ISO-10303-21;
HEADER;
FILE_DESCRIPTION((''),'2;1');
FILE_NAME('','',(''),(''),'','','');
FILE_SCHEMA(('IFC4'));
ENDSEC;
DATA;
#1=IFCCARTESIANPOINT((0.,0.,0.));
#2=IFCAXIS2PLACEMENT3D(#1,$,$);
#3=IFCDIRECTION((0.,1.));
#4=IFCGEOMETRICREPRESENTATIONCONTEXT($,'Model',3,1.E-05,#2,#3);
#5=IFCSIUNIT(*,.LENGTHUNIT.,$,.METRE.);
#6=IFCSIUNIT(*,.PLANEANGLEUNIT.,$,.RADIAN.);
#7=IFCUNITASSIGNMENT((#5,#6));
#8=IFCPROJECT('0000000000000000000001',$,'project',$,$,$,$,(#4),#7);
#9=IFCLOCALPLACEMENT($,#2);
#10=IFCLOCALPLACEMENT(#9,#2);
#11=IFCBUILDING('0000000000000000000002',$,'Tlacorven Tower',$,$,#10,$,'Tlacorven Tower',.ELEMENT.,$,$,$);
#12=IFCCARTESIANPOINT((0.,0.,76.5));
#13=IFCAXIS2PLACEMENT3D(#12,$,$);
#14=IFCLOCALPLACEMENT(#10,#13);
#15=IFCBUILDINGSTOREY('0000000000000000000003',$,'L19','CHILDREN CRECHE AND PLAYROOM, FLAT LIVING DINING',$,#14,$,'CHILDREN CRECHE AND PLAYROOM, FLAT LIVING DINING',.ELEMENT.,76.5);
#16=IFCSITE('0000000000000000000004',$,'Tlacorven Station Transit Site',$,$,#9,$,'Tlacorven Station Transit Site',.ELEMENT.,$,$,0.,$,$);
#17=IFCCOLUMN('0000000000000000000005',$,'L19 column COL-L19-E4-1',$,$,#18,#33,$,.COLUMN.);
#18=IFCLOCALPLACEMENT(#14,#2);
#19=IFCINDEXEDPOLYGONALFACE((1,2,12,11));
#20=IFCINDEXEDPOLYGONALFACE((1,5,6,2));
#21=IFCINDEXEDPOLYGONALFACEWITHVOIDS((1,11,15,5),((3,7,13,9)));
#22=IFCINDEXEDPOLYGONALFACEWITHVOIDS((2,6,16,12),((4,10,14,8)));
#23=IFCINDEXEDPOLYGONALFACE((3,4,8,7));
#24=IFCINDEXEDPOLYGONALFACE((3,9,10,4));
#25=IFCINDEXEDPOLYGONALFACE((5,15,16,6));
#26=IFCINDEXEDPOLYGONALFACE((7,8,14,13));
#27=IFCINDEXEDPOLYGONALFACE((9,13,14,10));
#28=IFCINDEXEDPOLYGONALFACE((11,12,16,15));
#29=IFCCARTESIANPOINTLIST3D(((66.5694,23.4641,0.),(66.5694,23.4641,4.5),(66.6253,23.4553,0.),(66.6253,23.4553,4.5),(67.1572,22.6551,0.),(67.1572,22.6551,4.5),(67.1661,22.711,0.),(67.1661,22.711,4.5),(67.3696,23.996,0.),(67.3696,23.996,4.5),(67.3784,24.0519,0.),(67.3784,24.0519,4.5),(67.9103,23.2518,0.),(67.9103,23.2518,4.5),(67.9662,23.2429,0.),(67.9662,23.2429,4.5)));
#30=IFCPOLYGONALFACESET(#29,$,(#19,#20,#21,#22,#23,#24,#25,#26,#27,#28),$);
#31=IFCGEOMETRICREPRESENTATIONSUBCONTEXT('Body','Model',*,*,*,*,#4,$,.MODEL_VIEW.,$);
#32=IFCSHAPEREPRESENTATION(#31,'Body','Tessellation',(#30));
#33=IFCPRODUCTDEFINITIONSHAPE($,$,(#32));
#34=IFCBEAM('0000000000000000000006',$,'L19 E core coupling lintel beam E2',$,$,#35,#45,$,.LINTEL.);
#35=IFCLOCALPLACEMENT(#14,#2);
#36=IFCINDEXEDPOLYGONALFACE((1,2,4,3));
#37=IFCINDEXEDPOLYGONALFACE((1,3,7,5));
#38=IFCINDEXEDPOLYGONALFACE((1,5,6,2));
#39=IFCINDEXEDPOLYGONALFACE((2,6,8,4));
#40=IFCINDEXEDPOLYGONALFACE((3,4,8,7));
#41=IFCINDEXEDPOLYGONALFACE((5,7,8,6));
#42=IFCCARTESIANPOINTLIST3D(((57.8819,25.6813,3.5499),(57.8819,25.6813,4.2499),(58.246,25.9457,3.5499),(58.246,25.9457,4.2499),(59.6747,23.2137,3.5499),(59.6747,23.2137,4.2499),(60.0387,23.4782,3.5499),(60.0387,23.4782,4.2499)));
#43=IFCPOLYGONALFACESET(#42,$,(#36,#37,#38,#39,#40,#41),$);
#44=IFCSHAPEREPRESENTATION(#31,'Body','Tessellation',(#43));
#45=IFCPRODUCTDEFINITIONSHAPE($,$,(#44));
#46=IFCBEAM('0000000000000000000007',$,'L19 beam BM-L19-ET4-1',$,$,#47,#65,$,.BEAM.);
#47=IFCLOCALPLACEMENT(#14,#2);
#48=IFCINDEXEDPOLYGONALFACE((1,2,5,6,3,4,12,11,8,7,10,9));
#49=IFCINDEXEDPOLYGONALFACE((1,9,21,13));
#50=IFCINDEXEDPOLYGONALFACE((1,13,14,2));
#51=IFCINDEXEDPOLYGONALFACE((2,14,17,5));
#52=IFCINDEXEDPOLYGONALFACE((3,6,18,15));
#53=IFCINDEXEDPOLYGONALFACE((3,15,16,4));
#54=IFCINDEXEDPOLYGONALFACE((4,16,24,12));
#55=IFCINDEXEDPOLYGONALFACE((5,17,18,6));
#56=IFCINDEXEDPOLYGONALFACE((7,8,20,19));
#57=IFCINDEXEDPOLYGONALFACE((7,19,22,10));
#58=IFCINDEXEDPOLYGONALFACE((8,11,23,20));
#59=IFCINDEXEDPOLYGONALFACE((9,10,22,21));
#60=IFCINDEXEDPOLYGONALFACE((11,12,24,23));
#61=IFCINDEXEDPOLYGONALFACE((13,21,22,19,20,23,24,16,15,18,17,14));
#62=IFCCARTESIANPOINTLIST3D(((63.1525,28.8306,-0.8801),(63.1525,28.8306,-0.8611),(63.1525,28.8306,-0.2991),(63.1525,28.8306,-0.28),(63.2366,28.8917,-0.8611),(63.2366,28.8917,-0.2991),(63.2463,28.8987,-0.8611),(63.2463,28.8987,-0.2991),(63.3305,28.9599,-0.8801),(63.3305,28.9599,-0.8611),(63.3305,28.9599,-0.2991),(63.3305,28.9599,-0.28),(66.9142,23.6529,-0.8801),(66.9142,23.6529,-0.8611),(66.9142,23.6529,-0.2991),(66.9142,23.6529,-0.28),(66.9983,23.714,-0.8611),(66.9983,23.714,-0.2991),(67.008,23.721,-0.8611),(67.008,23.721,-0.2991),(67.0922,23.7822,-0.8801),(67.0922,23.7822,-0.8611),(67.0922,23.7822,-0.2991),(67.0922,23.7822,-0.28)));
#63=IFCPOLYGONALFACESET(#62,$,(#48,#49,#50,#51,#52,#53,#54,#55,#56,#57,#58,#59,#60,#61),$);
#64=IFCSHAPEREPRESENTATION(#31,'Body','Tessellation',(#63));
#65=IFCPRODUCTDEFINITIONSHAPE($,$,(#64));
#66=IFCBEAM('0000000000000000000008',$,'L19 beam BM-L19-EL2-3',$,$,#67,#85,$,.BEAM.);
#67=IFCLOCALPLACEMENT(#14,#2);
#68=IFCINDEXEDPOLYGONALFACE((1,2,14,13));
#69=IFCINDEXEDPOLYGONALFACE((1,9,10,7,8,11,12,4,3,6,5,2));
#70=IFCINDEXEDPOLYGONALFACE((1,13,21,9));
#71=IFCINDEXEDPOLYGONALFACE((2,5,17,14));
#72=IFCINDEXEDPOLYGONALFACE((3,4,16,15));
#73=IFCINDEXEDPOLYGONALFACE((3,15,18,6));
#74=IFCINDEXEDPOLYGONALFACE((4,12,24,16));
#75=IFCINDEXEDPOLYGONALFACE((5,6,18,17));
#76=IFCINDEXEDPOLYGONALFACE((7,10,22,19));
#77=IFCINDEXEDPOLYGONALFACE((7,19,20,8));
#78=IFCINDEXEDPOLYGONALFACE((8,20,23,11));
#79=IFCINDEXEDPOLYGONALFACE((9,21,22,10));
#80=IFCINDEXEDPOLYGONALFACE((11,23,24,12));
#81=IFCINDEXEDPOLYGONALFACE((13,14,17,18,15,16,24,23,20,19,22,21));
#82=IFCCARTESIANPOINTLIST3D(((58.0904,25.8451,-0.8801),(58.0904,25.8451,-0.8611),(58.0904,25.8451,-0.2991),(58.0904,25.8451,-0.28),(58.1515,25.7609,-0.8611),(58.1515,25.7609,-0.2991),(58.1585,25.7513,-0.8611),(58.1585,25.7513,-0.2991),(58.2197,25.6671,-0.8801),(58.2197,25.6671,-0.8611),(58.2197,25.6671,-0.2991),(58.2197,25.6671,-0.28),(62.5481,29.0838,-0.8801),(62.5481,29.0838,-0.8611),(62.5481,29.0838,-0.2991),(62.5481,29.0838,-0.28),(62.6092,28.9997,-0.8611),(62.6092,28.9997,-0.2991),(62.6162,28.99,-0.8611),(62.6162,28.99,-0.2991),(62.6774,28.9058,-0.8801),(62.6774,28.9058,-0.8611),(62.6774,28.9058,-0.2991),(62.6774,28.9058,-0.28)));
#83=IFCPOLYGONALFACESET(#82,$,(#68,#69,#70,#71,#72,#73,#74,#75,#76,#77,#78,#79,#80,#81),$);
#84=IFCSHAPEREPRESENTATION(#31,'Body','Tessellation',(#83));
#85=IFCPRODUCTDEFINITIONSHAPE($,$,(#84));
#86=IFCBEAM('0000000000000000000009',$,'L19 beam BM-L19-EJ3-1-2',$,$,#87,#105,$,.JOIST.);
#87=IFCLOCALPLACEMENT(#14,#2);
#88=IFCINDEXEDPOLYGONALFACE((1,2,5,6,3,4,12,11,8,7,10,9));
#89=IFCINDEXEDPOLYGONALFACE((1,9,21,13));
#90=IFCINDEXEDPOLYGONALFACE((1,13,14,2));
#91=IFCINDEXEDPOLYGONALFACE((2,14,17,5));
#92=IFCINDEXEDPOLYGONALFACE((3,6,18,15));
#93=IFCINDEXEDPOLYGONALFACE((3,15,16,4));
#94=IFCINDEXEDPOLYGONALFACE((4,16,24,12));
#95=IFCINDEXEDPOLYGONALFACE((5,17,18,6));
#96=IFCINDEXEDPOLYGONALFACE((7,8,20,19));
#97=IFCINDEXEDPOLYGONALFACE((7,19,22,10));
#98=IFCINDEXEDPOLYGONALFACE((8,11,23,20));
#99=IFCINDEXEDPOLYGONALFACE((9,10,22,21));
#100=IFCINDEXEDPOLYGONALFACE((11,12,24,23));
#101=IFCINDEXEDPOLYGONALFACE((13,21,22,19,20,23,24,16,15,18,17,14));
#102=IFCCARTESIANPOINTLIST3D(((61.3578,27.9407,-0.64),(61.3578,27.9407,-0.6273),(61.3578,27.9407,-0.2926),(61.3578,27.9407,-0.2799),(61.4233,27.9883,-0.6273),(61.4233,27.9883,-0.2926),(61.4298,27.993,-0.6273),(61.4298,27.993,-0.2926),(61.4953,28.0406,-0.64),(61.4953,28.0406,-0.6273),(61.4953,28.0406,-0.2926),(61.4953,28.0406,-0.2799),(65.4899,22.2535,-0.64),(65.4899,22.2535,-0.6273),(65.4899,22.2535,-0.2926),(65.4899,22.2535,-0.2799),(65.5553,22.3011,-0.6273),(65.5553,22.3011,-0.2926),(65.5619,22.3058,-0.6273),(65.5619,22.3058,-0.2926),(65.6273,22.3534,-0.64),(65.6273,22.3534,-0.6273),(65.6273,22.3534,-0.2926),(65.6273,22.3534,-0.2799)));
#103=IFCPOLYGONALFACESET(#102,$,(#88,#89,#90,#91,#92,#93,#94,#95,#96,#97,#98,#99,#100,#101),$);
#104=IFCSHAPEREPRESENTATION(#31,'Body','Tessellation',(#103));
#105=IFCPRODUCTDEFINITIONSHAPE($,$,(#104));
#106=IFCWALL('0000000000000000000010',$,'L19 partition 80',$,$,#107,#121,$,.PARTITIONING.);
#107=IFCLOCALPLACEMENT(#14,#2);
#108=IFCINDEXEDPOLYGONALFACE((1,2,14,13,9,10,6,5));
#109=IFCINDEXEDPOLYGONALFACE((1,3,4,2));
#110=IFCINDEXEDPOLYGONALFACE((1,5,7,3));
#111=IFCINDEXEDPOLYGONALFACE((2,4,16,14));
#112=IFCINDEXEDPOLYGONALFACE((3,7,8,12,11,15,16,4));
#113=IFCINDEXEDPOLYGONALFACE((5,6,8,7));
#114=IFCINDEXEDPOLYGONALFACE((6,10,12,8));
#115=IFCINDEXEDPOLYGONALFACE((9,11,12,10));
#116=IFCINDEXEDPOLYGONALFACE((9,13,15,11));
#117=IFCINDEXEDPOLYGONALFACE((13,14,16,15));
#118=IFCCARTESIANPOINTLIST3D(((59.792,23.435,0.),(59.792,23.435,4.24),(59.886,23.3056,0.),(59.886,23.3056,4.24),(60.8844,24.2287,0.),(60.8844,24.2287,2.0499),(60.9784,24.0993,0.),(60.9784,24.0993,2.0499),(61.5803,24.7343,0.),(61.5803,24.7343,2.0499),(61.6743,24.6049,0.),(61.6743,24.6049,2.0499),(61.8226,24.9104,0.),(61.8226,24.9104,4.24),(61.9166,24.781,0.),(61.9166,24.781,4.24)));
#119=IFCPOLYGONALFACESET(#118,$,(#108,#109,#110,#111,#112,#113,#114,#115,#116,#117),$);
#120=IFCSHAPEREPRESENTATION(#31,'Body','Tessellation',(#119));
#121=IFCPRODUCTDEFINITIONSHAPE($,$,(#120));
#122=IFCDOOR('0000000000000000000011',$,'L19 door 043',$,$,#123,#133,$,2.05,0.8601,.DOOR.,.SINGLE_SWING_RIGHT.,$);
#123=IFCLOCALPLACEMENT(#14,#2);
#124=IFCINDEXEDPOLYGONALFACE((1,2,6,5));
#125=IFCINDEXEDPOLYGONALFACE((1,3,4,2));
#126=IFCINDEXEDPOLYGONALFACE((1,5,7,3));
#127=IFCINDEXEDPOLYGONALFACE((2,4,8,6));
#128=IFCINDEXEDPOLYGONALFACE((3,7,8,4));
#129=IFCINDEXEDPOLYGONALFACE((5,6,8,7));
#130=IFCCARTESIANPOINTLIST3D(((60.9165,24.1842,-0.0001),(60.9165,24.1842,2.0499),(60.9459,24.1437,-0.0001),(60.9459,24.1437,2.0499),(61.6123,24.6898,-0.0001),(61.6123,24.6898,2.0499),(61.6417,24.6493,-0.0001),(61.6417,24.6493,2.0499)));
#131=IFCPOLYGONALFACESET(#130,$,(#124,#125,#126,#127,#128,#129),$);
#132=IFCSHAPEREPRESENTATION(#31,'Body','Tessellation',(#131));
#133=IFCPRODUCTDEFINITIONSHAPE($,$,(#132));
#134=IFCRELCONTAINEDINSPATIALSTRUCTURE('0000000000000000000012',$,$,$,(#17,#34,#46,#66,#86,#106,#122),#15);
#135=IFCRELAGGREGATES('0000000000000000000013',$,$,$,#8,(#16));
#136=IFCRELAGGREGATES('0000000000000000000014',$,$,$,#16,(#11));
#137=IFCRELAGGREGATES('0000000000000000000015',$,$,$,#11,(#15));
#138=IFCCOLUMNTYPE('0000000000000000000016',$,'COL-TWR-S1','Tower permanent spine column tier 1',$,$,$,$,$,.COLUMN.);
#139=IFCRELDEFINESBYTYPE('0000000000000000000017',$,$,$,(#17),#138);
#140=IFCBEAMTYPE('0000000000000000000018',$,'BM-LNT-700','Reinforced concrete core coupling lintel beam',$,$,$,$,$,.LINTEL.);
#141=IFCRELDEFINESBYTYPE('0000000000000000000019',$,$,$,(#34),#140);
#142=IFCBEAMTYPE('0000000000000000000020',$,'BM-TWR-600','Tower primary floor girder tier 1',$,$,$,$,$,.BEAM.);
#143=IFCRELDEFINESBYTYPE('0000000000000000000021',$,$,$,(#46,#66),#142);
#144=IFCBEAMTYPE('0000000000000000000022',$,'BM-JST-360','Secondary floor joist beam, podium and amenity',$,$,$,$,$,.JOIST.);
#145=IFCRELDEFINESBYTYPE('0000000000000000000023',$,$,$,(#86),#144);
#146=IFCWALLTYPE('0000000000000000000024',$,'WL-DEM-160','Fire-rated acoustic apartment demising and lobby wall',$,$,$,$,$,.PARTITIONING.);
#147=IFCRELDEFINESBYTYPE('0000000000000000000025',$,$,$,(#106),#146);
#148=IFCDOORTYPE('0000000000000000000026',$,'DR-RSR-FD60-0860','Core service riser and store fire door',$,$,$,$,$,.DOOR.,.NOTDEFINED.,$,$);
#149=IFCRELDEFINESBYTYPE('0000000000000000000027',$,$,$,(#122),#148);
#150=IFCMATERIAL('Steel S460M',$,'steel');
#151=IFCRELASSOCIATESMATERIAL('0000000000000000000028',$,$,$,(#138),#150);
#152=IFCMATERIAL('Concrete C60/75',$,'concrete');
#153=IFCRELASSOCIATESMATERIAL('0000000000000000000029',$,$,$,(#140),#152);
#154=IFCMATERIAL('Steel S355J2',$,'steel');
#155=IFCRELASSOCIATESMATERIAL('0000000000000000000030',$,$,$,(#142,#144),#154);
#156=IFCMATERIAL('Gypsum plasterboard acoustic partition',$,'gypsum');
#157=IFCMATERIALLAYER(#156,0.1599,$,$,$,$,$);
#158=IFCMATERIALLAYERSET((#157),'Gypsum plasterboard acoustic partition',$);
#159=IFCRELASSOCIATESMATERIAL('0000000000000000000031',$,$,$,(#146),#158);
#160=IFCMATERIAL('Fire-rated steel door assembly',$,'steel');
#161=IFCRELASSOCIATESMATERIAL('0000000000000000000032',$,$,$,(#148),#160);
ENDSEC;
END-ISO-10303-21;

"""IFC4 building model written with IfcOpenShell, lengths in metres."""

from ifc_helpers import new_model, si_unit, direction, frame, frame_2d, origin, origin_2d, place, context, subcontext, project, spatial, rectangle, hollow_rectangle, i_section, extrude, source, transform, mapped, material, layer, layer_set, material_profile, profile_set, type_object, element, fill, save


model = new_model("IFC4")

# Units and contexts
model_context = context("Model", 3, precision=1e-05, world=origin(), true_north=direction((0.0, 1.0)))
body_context = subcontext(model_context, "Body", "Model", "MODEL_VIEW")
ifc_project = project(units=[si_unit("LENGTHUNIT", "METRE"), si_unit("PLANEANGLEUNIT", "RADIAN")], contexts=[model_context])

# Site, building, storey
site_placement = place(None, origin())
site = spatial("IfcSite", under=ifc_project, at=site_placement, Name="Tlacorven Station Transit Site", LongName="Tlacorven Station Transit Site", CompositionType="ELEMENT", RefElevation=0.0)
building_placement = place(site_placement, origin())
building = spatial("IfcBuilding", under=site, at=building_placement, Name="Tlacorven Tower", LongName="Tlacorven Tower", CompositionType="ELEMENT")
storey_placement = place(building_placement, frame((0.0, 0.0, 76.5)))
storey = spatial("IfcBuildingStorey", under=building, at=storey_placement, Name="L19", Description="CHILDREN CRECHE AND PLAYROOM, FLAT LIVING DINING", LongName="CHILDREN CRECHE AND PLAYROOM, FLAT LIVING DINING", CompositionType="ELEMENT", Elevation=76.5)

# Column
ifc_material_1 = material(Name="Steel S460M", Category="steel")
ifc_material_profile_1 = material_profile(ifc_material_1, hollow_rectangle(XDim=1.0, YDim=1.0, WallThickness=0.04, at=origin_2d()), Name="BOX 1000X1000X40")
ifc_profile_set_1 = profile_set([ifc_material_profile_1], Name="Steel S460M")
column_type = type_object("IfcColumnType", Name="COL-TWR-S1", Description="Tower permanent spine column tier 1", PredefinedType="COLUMN", material=ifc_profile_set_1)
shared_shape_1 = source(origin(), body_context, "Body", "SweptSolid", [
    extrude(hollow_rectangle(XDim=1.0, YDim=1.0, WallThickness=0.04, at=origin_2d()), origin(), (0.0, 0.0, 1.0), 4.5),
])
column_placement = place(storey_placement, frame((67.2678, 23.3535, 0.0), z_axis=(0.0, 0.0, 1.0), x_axis=(0.809017, 0.587785, 0.0)))
element("IfcColumn", 1, at=column_placement, inside=storey, type_object=column_type, Name="L19 column COL-L19-E4-1", PredefinedType="COLUMN", context=body_context, shape_type="MappedRepresentation", body=[
    mapped(shared_shape_1, transform((0.0, 0.0, 0.0), scale=1.0)),
])

# Beams
ifc_material_2 = material(Name="Concrete C60/75", Category="concrete")
ifc_material_profile_2 = material_profile(ifc_material_2, rectangle(XDim=0.45, YDim=0.7, at=origin_2d()), Name="RC 450X700")
ifc_profile_set_2 = profile_set([ifc_material_profile_2], Name="Concrete C60/75")
beam_type_1 = type_object("IfcBeamType", Name="BM-LNT-700", Description="Reinforced concrete core coupling lintel beam", PredefinedType="LINTEL", material=ifc_profile_set_2)
shared_shape_2 = source(origin(), body_context, "Body", "SweptSolid", [
    extrude(rectangle(XDim=0.45, YDim=0.7, at=origin_2d()), origin(), (0.0, 0.0, 1.0), 3.05),
])
beam_1_placement = place(storey_placement, frame((59.8567, 23.3459, 3.8999), z_axis=(-0.587777, 0.809023, 0.0), x_axis=(-0.809023, -0.587777, 0.0)))
element("IfcBeam", 2, at=beam_1_placement, inside=storey, type_object=beam_type_1, Name="L19 E core coupling lintel beam E2", PredefinedType="LINTEL", context=body_context, shape_type="MappedRepresentation", body=[
    mapped(shared_shape_2, transform((0.0, 0.0, 0.0), scale=1.0)),
])
ifc_material_3 = material(Name="Steel S355J2", Category="steel")
ifc_material_profile_3 = material_profile(ifc_material_3, i_section(OverallWidth=0.22, OverallDepth=0.6001, WebThickness=0.012, FlangeThickness=0.019, at=origin_2d()), Name="IPE 600")
ifc_profile_set_3 = profile_set([ifc_material_profile_3], Name="Steel S355J2")
beam_type_2 = type_object("IfcBeamType", Name="BM-TWR-600", Description="Tower primary floor girder tier 1", PredefinedType="BEAM", material=ifc_profile_set_3)
shared_shape_3 = source(origin(), body_context, "Body", "SweptSolid", [
    extrude(i_section(OverallWidth=0.22, OverallDepth=0.6001, WebThickness=0.012, FlangeThickness=0.019, at=origin_2d()), origin(), (0.0, 0.0, 1.0), 6.3999),
])
beam_2_placement = place(storey_placement, frame((67.0032, 23.7175, -0.5801), z_axis=(-0.587772, 0.809026, 0.0), x_axis=(-0.809026, -0.587772, 0.0)))
element("IfcBeam", 3, at=beam_2_placement, inside=storey, type_object=beam_type_2, Name="L19 beam BM-L19-ET4-1", PredefinedType="BEAM", context=body_context, shape_type="MappedRepresentation", body=[
    mapped(shared_shape_3, transform((0.0, 0.0, 0.0), scale=1.0)),
])
shared_shape_4 = source(origin(), body_context, "Body", "SweptSolid", [
    extrude(i_section(OverallWidth=0.22, OverallDepth=0.6001, WebThickness=0.012, FlangeThickness=0.019, at=origin_2d()), origin(), (0.0, 0.0, 1.0), 5.51),
])
beam_3_placement = place(storey_placement, frame((58.155, 25.7561, -0.5801), z_axis=(0.809016, 0.587787, 0.0), x_axis=(-0.587787, 0.809016, 0.0)))
element("IfcBeam", 4, at=beam_3_placement, inside=storey, type_object=beam_type_2, Name="L19 beam BM-L19-EL2-3", PredefinedType="BEAM", context=body_context, shape_type="MappedRepresentation", body=[
    mapped(shared_shape_4, transform((0.0, 0.0, 0.0), scale=1.0)),
])
ifc_material_profile_4 = material_profile(ifc_material_3, i_section(OverallWidth=0.1699, OverallDepth=0.3601, WebThickness=0.0081, FlangeThickness=0.0127, at=origin_2d()), Name="IPE 360")
ifc_profile_set_4 = profile_set([ifc_material_profile_4], Name="Steel S355J2")
beam_type_3 = type_object("IfcBeamType", Name="BM-JST-360", Description="Secondary floor joist beam, podium and amenity", PredefinedType="JOIST", material=ifc_profile_set_4)
shared_shape_5 = source(origin(), body_context, "Body", "SweptSolid", [
    extrude(i_section(OverallWidth=0.1699, OverallDepth=0.3601, WebThickness=0.0081, FlangeThickness=0.0127, at=origin_2d()), origin(), (0.0, 0.0, 1.0), 7.0298),
])
beam_4_placement = place(storey_placement, frame((65.5586, 22.3035, -0.46), z_axis=(-0.58779, 0.809014, 0.0), x_axis=(-0.809014, -0.58779, 0.0)))
element("IfcBeam", 5, at=beam_4_placement, inside=storey, type_object=beam_type_3, Name="L19 beam BM-L19-EJ3-1-2", PredefinedType="JOIST", context=body_context, shape_type="MappedRepresentation", body=[
    mapped(shared_shape_5, transform((0.0, 0.0, 0.0), scale=1.0)),
])

# Wall, opening, door
ifc_material_4 = material(Name="Gypsum plasterboard acoustic partition", Category="gypsum")
ifc_layer_1 = layer(ifc_material_4, 0.1599)
ifc_layer_set_1 = layer_set([ifc_layer_1], Name="Gypsum plasterboard acoustic partition")
wall_type_1 = type_object("IfcWallType", Name="WL-DEM-160", Description="Fire-rated acoustic apartment demising and lobby wall", PredefinedType="PARTITIONING", material=ifc_layer_set_1)
wall_1_placement = place(storey_placement, frame((59.8391, 23.3704, 0.0), z_axis=(0.0, 0.0, 1.0), x_axis=(0.809001, 0.587807, 0.0)))
wall_1 = element("IfcWall", 6, at=wall_1_placement, inside=storey, type_object=wall_type_1, Name="L19 partition 80", PredefinedType="PARTITIONING", context=body_context, shape_type="SweptSolid", body=[
    extrude(rectangle(XDim=2.51, YDim=0.1599, at=frame_2d((1.2549, 0.0))), origin(), (0.0, 0.0, 1.0), 4.24),
])
opening_1_placement = place(wall_1_placement, frame((1.3501, 0.0, 0.0)))
opening_1 = element("IfcOpeningElement", 7, at=opening_1_placement, cuts=wall_1, PredefinedType="OPENING", context=body_context, shape_type="SweptSolid", body=[
    extrude(rectangle(XDim=0.8601, YDim=2.05, at=frame_2d((0.4302, 1.0249))), frame((0.0, 0.0898, 0.0), z_axis=(0.0, -1.0, 0.0), x_axis=(1.0, 0.0, 0.0)), (0.0, 0.0, 1.0), 0.1799),
])
ifc_material_5 = material(Name="Fire-rated steel door assembly", Category="steel")
door_type_1 = type_object("IfcDoorType", Name="DR-RSR-FD60-0860", Description="Core service riser and store fire door", OperationType="NOTDEFINED", PredefinedType="DOOR", material=ifc_material_5)
shared_shape_6 = source(origin(), body_context, "Body", "SweptSolid", [
    extrude(rectangle(XDim=0.8601, YDim=2.05, at=frame_2d((0.4302, 1.0249))), frame((0.0, 0.0249, 0.0), z_axis=(0.0, -1.0, 0.0), x_axis=(1.0, 0.0, 0.0)), (0.0, 0.0, 1.0), 0.05),
])
door_1_placement = place(opening_1_placement, frame((0.8601, 0.0, 0.0), z_axis=(0.0, 0.0, 1.0), x_axis=(-1.0, 0.0, 0.0)))
door_1 = element("IfcDoor", 8, at=door_1_placement, inside=storey, type_object=door_type_1, Name="L19 door 043", OperationType="SINGLE_SWING_RIGHT", OverallHeight=2.05, OverallWidth=0.8601, PredefinedType="DOOR", context=body_context, shape_type="MappedRepresentation", body=[
    mapped(shared_shape_6, transform((0.0, 0.0, 0.0), scale=1.0)),
])
fill(opening_1, door_1)

save(model, "model.ifc")
